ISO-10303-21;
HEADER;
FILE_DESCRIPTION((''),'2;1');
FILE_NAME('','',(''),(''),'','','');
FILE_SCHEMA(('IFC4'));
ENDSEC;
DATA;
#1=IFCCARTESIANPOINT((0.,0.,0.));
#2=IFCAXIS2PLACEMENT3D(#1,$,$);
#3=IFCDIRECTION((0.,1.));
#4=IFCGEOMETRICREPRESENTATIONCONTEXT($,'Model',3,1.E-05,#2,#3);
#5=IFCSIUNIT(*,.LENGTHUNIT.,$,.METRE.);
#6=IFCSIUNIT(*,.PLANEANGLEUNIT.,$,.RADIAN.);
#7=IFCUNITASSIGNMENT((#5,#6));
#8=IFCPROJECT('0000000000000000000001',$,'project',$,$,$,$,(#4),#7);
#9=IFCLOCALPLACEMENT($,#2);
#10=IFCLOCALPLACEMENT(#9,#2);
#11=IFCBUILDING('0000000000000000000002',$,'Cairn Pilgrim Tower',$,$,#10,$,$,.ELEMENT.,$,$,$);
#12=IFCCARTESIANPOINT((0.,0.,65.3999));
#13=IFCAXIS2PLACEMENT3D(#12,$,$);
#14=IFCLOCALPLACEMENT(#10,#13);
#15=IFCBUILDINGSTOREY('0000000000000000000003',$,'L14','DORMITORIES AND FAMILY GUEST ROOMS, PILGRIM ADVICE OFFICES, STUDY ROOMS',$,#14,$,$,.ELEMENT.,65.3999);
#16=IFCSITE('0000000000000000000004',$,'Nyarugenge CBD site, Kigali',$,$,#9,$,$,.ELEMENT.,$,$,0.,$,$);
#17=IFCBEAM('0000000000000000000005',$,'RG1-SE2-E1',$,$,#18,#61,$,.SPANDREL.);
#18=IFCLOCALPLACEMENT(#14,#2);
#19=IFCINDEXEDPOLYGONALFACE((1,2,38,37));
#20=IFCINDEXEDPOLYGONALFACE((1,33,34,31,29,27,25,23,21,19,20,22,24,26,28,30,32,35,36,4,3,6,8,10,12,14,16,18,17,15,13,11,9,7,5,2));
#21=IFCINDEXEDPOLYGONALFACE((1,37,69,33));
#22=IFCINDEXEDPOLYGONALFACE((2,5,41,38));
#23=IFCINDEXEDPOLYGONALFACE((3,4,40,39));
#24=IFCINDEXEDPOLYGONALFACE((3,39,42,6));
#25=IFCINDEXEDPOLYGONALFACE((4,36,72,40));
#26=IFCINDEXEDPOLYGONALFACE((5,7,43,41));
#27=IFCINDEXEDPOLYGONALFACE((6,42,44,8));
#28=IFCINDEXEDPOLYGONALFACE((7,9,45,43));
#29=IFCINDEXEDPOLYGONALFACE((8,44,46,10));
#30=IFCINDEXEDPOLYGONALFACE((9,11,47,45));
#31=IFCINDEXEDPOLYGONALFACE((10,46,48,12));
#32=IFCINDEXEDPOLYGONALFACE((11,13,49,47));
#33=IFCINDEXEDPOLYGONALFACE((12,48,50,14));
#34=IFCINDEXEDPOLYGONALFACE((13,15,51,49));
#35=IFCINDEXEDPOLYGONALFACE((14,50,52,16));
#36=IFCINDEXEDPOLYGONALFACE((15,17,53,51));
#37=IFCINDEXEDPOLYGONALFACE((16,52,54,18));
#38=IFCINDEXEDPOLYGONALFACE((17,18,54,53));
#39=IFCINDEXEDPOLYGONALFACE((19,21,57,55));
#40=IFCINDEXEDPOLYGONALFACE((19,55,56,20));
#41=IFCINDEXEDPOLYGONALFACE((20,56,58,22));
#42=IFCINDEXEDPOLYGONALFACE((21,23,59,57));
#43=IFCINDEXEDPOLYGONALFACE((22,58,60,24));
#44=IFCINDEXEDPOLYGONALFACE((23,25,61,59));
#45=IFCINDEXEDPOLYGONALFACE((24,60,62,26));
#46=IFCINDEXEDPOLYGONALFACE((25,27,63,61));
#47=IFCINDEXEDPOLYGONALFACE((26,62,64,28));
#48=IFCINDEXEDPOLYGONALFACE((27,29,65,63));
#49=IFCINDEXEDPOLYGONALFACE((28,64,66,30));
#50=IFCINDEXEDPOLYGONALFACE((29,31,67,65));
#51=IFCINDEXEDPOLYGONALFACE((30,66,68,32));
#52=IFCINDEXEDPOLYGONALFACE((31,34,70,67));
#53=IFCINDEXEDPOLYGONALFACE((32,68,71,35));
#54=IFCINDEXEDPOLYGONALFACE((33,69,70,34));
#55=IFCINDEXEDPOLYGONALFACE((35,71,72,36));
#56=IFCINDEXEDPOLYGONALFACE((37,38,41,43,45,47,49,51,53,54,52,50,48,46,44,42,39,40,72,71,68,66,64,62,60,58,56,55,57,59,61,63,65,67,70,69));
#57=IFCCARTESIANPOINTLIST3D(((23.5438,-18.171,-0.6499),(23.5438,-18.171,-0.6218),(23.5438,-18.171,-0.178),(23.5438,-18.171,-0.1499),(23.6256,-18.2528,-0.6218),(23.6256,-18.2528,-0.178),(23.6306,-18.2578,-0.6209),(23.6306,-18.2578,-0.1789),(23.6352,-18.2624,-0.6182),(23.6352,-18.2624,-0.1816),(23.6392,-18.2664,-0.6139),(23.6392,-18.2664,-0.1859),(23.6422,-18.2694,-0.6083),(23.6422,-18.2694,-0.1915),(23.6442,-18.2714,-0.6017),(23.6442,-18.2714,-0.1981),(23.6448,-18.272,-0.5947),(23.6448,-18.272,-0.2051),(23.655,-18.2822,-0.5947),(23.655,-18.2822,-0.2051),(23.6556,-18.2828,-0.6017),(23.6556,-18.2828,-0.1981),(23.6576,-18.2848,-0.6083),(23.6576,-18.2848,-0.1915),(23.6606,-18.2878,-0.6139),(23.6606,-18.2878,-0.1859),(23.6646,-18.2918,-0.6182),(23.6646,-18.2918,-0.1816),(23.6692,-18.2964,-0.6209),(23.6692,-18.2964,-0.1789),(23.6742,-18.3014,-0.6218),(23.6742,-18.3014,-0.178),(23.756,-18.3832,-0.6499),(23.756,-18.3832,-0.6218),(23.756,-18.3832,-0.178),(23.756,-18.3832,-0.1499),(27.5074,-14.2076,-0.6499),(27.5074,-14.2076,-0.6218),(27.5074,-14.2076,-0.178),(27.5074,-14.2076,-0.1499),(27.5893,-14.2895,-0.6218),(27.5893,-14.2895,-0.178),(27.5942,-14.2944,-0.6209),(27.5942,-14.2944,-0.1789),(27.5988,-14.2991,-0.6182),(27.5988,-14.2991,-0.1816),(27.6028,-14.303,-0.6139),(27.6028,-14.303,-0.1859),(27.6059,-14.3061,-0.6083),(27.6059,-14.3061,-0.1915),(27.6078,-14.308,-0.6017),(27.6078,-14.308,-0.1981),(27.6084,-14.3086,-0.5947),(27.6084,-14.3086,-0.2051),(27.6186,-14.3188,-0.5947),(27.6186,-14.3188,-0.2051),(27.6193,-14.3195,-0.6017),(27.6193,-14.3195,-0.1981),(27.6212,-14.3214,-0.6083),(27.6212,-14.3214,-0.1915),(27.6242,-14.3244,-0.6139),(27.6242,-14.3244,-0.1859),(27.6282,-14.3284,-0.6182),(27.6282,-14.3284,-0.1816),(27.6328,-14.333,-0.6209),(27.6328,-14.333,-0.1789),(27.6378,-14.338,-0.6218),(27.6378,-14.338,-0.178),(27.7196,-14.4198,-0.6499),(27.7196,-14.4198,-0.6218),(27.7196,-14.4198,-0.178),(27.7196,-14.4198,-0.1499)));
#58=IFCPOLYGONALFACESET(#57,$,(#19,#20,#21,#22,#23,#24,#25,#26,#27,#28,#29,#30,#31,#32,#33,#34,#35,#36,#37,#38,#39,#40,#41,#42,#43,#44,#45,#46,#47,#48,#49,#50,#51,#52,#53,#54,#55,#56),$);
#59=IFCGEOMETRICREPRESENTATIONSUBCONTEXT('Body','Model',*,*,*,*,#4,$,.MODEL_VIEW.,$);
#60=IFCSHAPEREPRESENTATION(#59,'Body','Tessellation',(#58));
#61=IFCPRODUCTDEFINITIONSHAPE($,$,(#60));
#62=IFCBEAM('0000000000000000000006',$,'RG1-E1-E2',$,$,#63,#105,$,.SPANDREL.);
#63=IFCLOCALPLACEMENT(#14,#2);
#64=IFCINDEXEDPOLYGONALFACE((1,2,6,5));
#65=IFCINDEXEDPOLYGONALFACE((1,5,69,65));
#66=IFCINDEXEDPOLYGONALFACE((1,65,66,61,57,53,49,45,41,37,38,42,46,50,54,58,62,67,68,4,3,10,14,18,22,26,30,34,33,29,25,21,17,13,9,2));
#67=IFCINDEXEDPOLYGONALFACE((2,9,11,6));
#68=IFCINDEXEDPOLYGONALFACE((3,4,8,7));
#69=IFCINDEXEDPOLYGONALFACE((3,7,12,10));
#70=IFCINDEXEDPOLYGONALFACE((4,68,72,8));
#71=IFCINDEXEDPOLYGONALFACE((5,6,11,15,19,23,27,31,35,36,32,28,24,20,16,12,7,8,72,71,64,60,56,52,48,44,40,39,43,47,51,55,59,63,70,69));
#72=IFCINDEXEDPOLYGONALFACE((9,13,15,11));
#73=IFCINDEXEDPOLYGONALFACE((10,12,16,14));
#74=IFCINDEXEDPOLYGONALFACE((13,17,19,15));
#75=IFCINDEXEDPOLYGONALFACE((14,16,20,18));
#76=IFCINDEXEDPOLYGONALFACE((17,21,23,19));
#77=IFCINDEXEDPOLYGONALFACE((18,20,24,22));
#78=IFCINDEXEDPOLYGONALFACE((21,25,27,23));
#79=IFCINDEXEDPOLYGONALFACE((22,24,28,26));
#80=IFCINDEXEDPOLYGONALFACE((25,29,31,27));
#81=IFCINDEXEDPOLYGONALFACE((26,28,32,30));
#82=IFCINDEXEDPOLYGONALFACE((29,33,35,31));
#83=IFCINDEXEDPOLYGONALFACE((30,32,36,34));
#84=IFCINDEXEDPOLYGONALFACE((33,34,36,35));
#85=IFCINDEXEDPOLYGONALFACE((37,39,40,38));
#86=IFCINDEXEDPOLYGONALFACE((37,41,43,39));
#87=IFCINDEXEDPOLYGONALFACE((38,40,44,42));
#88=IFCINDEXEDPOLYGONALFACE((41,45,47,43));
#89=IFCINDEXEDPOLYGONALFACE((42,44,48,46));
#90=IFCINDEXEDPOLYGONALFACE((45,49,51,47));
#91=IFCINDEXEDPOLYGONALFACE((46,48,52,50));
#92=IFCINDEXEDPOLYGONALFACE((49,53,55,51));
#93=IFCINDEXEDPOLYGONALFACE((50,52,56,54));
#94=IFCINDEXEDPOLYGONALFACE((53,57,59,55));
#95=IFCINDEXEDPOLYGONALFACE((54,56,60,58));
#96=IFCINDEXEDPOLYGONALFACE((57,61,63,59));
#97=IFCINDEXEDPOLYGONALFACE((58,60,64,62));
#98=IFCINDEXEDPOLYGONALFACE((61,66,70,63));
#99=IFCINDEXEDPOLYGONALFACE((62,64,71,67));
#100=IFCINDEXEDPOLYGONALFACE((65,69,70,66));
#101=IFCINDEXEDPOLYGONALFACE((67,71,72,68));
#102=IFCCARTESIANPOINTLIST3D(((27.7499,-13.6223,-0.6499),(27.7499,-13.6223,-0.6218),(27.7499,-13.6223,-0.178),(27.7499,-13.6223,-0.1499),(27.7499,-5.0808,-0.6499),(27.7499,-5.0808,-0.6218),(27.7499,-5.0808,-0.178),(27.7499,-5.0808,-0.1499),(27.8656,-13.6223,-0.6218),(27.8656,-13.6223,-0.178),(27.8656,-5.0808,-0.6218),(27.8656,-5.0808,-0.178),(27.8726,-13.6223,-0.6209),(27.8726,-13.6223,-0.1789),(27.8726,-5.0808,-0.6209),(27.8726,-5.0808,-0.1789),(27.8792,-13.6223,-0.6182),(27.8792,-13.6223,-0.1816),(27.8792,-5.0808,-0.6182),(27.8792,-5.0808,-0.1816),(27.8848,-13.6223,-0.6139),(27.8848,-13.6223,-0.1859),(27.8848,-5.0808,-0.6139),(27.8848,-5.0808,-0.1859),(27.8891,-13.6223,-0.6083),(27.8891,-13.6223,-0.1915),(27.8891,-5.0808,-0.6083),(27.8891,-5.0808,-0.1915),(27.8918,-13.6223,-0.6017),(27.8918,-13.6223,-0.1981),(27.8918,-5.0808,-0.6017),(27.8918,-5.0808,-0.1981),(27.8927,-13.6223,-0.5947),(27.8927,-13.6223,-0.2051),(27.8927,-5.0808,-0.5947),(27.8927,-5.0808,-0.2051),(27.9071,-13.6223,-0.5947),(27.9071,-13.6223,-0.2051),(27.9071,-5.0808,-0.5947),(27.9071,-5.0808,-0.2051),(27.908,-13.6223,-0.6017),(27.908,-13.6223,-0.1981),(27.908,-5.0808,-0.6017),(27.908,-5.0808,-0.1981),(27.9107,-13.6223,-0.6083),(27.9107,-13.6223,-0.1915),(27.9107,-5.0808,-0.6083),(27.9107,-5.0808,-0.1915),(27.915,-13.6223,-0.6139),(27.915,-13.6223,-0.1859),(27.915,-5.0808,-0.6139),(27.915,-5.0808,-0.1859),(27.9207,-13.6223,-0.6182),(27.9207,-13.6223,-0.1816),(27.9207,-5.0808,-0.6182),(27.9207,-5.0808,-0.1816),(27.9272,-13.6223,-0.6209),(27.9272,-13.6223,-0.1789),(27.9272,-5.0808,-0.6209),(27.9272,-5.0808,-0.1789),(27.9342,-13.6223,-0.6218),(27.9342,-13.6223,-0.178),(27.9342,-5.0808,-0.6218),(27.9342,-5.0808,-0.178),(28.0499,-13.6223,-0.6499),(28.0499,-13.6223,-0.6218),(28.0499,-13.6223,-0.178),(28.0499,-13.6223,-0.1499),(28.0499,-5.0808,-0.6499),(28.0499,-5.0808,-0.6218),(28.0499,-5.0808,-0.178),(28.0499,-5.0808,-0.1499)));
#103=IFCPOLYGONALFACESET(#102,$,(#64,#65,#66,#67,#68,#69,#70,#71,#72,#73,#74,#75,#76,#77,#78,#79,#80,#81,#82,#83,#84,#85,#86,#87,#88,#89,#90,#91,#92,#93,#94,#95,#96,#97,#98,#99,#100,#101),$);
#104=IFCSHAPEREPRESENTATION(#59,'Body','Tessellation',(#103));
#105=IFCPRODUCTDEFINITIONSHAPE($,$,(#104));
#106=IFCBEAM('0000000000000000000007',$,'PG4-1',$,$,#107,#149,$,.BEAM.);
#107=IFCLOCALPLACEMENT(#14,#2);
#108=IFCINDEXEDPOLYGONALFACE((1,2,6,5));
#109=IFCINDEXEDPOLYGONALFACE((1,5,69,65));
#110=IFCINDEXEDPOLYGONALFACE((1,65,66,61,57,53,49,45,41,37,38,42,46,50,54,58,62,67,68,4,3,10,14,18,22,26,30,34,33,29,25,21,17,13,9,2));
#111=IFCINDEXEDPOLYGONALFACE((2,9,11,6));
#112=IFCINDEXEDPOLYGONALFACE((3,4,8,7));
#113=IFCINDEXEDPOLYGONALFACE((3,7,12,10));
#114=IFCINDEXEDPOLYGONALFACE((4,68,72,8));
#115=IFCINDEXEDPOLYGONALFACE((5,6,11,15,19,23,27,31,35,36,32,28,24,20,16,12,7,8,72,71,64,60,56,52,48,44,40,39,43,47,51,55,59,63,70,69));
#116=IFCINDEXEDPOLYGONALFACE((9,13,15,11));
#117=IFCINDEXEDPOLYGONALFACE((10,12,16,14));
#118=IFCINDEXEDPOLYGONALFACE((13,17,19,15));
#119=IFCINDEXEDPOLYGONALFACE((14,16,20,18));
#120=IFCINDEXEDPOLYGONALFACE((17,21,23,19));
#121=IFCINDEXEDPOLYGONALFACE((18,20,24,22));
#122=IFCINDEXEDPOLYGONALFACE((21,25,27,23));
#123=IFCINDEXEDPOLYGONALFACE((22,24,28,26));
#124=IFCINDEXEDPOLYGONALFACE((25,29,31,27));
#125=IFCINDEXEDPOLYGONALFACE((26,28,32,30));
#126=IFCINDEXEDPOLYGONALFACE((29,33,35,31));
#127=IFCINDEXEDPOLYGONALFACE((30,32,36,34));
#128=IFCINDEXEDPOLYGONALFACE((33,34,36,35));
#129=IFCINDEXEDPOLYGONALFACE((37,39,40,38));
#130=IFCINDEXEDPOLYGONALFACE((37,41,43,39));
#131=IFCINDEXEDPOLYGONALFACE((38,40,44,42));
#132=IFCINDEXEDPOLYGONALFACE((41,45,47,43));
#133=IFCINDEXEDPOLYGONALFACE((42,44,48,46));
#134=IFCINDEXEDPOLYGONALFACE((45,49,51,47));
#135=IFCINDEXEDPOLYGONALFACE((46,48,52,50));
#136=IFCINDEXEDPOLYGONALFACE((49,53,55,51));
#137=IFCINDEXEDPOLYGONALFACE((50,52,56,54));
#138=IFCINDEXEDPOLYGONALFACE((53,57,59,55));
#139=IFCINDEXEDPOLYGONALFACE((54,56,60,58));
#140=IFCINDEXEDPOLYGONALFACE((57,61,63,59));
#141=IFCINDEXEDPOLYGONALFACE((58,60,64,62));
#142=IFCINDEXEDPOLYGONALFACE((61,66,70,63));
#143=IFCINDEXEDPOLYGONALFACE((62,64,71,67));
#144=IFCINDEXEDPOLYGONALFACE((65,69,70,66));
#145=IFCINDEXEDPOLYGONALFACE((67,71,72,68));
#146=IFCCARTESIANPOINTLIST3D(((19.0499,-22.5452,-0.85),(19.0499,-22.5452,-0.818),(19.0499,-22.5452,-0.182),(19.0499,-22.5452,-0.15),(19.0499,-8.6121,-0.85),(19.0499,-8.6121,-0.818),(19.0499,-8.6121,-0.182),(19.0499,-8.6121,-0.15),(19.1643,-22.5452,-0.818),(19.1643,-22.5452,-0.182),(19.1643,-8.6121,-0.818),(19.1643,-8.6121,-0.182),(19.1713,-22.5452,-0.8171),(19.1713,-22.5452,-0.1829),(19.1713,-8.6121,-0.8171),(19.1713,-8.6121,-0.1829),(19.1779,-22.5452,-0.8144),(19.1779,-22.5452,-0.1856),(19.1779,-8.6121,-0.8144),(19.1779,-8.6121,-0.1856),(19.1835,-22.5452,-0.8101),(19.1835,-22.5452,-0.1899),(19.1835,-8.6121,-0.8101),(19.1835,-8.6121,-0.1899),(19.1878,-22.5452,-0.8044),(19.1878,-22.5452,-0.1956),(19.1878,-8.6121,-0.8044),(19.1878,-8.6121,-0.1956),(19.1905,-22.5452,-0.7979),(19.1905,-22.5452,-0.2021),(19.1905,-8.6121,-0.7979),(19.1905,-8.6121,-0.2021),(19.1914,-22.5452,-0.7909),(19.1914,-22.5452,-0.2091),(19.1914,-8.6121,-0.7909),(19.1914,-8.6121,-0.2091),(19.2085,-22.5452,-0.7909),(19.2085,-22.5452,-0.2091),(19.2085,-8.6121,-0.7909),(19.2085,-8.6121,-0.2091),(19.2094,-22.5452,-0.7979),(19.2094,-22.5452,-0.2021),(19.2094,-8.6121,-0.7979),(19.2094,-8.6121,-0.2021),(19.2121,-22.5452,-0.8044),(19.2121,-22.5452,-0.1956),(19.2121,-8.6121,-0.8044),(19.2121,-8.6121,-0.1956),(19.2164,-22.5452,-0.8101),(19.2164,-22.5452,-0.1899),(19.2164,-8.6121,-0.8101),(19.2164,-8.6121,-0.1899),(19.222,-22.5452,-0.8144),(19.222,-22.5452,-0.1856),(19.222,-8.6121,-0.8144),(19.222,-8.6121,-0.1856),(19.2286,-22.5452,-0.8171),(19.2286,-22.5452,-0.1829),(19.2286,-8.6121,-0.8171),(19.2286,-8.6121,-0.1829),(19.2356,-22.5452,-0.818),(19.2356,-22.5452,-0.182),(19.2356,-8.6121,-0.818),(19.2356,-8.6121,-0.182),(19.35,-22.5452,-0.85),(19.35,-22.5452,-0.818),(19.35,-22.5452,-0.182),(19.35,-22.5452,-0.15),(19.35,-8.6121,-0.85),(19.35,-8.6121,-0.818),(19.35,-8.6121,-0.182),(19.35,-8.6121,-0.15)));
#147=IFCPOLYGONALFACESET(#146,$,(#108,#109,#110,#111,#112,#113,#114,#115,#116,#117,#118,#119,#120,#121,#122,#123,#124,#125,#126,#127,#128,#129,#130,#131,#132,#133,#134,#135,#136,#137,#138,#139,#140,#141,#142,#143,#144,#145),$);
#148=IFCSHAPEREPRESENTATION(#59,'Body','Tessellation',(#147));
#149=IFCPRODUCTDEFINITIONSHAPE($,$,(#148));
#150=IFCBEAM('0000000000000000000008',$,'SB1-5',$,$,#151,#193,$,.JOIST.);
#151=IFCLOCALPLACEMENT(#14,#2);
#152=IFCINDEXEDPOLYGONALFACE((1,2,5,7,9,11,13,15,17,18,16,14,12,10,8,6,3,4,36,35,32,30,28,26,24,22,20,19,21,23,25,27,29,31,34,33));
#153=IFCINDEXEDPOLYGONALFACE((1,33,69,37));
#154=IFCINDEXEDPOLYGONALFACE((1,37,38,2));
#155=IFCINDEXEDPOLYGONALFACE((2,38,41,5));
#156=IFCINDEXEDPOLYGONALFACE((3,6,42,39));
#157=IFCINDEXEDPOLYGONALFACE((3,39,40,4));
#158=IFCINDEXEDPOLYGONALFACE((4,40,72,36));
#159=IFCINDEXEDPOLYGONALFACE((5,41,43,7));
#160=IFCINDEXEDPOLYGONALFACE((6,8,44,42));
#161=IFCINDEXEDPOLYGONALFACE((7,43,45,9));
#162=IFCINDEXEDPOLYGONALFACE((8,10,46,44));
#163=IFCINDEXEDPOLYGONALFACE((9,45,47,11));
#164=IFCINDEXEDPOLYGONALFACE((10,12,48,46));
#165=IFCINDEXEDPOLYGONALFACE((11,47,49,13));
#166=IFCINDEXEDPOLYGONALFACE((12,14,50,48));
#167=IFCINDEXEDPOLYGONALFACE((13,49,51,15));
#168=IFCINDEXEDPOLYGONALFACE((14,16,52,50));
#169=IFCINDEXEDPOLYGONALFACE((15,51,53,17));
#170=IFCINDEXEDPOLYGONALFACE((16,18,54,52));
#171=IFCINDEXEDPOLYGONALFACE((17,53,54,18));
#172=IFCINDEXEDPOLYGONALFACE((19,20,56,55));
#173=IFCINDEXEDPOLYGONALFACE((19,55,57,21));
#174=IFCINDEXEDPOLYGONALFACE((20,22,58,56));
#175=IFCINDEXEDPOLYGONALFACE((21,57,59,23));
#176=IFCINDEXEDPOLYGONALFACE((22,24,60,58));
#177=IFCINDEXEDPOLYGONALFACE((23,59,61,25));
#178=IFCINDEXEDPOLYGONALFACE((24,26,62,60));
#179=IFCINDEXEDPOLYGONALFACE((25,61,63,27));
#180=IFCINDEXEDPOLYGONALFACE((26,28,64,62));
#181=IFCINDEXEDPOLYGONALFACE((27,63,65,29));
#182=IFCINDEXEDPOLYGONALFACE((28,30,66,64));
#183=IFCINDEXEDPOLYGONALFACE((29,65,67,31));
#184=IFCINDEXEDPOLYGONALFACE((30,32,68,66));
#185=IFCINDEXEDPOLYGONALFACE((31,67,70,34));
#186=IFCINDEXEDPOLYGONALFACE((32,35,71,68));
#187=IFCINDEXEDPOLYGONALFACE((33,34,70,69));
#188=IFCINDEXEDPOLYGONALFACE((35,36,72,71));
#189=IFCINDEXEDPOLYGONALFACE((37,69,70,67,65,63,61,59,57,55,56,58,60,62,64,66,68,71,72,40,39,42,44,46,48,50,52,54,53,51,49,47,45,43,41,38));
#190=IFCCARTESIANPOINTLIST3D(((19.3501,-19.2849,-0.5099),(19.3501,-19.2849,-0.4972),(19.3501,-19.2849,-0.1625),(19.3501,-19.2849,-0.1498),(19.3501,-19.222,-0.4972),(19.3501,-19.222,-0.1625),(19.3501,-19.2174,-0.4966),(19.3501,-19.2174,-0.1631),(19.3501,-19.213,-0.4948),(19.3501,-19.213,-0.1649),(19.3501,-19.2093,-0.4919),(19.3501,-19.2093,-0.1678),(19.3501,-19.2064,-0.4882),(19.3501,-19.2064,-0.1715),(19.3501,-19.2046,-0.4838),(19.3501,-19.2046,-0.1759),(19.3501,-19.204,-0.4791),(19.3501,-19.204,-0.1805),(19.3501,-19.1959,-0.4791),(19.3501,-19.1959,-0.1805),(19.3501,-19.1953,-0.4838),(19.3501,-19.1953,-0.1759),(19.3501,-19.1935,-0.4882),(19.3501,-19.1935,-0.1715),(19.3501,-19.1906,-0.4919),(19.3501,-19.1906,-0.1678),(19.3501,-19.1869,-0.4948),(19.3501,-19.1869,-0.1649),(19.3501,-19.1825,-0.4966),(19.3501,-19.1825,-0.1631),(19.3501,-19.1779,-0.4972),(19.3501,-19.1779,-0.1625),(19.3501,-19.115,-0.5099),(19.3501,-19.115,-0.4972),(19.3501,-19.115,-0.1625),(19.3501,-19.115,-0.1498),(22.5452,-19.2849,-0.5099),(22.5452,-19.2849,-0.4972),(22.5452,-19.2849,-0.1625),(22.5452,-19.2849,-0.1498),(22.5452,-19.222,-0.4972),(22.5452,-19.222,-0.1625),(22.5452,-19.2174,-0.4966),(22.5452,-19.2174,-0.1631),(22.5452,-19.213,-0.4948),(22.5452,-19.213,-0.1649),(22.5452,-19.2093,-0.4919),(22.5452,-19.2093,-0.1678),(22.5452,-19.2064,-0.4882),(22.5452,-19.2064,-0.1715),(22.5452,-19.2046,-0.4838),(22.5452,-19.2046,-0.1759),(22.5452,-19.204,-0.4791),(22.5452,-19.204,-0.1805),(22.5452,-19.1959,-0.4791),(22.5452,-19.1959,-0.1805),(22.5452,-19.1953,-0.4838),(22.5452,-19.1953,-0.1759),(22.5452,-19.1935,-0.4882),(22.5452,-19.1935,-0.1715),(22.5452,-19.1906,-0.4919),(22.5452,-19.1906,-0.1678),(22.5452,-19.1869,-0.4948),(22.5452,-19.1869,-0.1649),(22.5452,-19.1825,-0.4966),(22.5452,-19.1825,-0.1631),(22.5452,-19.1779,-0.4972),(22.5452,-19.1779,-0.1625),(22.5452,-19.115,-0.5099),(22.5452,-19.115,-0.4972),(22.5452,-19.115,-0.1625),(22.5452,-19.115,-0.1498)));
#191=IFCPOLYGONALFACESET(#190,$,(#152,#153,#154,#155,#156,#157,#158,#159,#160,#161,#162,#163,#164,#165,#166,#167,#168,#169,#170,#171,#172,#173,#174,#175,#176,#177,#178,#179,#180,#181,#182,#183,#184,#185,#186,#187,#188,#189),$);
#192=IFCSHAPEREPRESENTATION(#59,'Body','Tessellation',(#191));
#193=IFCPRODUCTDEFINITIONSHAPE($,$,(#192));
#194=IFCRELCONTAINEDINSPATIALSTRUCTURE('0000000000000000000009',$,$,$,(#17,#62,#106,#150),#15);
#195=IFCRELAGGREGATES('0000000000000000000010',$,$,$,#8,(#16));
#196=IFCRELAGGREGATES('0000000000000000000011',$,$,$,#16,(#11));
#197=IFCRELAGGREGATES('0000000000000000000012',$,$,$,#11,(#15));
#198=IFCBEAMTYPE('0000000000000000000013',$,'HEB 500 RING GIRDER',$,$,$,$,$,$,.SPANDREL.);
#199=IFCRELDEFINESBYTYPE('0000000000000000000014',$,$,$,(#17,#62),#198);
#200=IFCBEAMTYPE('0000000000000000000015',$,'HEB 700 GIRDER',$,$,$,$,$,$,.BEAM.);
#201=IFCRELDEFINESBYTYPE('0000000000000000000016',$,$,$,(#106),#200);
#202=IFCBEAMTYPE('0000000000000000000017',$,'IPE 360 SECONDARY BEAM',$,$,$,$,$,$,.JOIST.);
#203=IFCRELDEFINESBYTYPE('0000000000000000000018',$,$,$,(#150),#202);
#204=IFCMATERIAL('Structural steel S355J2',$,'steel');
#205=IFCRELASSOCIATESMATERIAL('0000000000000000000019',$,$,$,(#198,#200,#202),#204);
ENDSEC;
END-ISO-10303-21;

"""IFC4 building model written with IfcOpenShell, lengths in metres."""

from ifc_helpers import new_model, si_unit, direction, frame, origin, origin_2d, place, context, subcontext, project, spatial, i_section, extrude, material, material_profile, profile_set, type_object, element, save


model = new_model("IFC4")

# Units and contexts
model_context = context("Model", 3, precision=1e-05, world=origin(), true_north=direction((0.0, 1.0)))
body_context = subcontext(model_context, "Body", "Model", "MODEL_VIEW")
ifc_project = project(units=[si_unit("LENGTHUNIT", "METRE"), si_unit("PLANEANGLEUNIT", "RADIAN")], contexts=[model_context])

# Site, building, storey
site_placement = place(None, origin())
site = spatial("IfcSite", under=ifc_project, at=site_placement, Name="Nyarugenge CBD site, Kigali", CompositionType="ELEMENT", RefElevation=0.0)
building_placement = place(site_placement, origin())
building = spatial("IfcBuilding", under=site, at=building_placement, Name="Cairn Pilgrim Tower", CompositionType="ELEMENT")
storey_placement = place(building_placement, frame((0.0, 0.0, 65.3999)))
storey = spatial("IfcBuildingStorey", under=building, at=storey_placement, Name="L14", Description="DORMITORIES AND FAMILY GUEST ROOMS, PILGRIM ADVICE OFFICES, STUDY ROOMS", CompositionType="ELEMENT", Elevation=65.3999)

# Shared definitions
ifc_material_1 = material(Name="Structural steel S355J2", Category="steel")

# Beams
ifc_material_profile_1 = material_profile(ifc_material_1, i_section(OverallWidth=0.3, OverallDepth=0.5, WebThickness=0.0144, FlangeThickness=0.0281, FilletRadius=0.0271, at=origin_2d()), Name="HEB 500")
ifc_profile_set_1 = profile_set([ifc_material_profile_1], Name="Structural steel S355J2")
beam_type_1 = type_object("IfcBeamType", Name="HEB 500 RING GIRDER", PredefinedType="SPANDREL", material=ifc_profile_set_1)
beam_1_placement = place(storey_placement, frame((23.6499, -18.2771, -0.3999), z_axis=(0.707129, 0.707085, 0.0), x_axis=(-0.707085, 0.707129, 0.0)))
element("IfcBeam", 1, at=beam_1_placement, inside=storey, type_object=beam_type_1, Name="RG1-SE2-E1", PredefinedType="SPANDREL", context=body_context, shape_type="SweptSolid", body=[
    extrude(i_section(OverallWidth=0.3, OverallDepth=0.5, WebThickness=0.0144, FlangeThickness=0.0281, FilletRadius=0.0271, at=origin_2d()), origin(), (0.0, 0.0, 1.0), 5.6052),
])
beam_2_placement = place(storey_placement, frame((27.8999, -13.6223, -0.3999), z_axis=(0.0, 1.0, 0.0), x_axis=(-1.0, 0.0, 0.0)))
element("IfcBeam", 2, at=beam_2_placement, inside=storey, type_object=beam_type_1, Name="RG1-E1-E2", PredefinedType="SPANDREL", context=body_context, shape_type="SweptSolid", body=[
    extrude(i_section(OverallWidth=0.3, OverallDepth=0.5, WebThickness=0.0144, FlangeThickness=0.0281, FilletRadius=0.0271, at=origin_2d()), origin(), (0.0, 0.0, 1.0), 8.5415),
])
ifc_material_profile_2 = material_profile(ifc_material_1, i_section(OverallWidth=0.3, OverallDepth=0.7, WebThickness=0.0171, FlangeThickness=0.032, FilletRadius=0.0271, at=origin_2d()), Name="HEB 700")
ifc_profile_set_2 = profile_set([ifc_material_profile_2], Name="Structural steel S355J2")
beam_type_2 = type_object("IfcBeamType", Name="HEB 700 GIRDER", PredefinedType="BEAM", material=ifc_profile_set_2)
beam_3_placement = place(storey_placement, frame((19.2, -22.5452, -0.5), z_axis=(0.0, 1.0, 0.0), x_axis=(-1.0, 0.0, 0.0)))
element("IfcBeam", 3, at=beam_3_placement, inside=storey, type_object=beam_type_2, Name="PG4-1", PredefinedType="BEAM", context=body_context, shape_type="SweptSolid", body=[
    extrude(i_section(OverallWidth=0.3, OverallDepth=0.7, WebThickness=0.0171, FlangeThickness=0.032, FilletRadius=0.0271, at=origin_2d()), origin(), (0.0, 0.0, 1.0), 13.9331),
])
ifc_material_profile_3 = material_profile(ifc_material_1, i_section(OverallWidth=0.1699, OverallDepth=0.3601, WebThickness=0.0081, FlangeThickness=0.0127, FilletRadius=0.0181, at=origin_2d()), Name="IPE 360")
ifc_profile_set_3 = profile_set([ifc_material_profile_3], Name="Structural steel S355J2")
beam_type_3 = type_object("IfcBeamType", Name="IPE 360 SECONDARY BEAM", PredefinedType="JOIST", material=ifc_profile_set_3)
beam_4_placement = place(storey_placement, frame((19.3501, -19.2, -0.3298), z_axis=(1.0, 0.0, 0.0), x_axis=(0.0, 1.0, 0.0)))
element("IfcBeam", 4, at=beam_4_placement, inside=storey, type_object=beam_type_3, Name="SB1-5", PredefinedType="JOIST", context=body_context, shape_type="SweptSolid", body=[
    extrude(i_section(OverallWidth=0.1699, OverallDepth=0.3601, WebThickness=0.0081, FlangeThickness=0.0127, FilletRadius=0.0181, at=origin_2d()), origin(), (0.0, 0.0, 1.0), 3.1951),
])

save(model, "model.ifc")
